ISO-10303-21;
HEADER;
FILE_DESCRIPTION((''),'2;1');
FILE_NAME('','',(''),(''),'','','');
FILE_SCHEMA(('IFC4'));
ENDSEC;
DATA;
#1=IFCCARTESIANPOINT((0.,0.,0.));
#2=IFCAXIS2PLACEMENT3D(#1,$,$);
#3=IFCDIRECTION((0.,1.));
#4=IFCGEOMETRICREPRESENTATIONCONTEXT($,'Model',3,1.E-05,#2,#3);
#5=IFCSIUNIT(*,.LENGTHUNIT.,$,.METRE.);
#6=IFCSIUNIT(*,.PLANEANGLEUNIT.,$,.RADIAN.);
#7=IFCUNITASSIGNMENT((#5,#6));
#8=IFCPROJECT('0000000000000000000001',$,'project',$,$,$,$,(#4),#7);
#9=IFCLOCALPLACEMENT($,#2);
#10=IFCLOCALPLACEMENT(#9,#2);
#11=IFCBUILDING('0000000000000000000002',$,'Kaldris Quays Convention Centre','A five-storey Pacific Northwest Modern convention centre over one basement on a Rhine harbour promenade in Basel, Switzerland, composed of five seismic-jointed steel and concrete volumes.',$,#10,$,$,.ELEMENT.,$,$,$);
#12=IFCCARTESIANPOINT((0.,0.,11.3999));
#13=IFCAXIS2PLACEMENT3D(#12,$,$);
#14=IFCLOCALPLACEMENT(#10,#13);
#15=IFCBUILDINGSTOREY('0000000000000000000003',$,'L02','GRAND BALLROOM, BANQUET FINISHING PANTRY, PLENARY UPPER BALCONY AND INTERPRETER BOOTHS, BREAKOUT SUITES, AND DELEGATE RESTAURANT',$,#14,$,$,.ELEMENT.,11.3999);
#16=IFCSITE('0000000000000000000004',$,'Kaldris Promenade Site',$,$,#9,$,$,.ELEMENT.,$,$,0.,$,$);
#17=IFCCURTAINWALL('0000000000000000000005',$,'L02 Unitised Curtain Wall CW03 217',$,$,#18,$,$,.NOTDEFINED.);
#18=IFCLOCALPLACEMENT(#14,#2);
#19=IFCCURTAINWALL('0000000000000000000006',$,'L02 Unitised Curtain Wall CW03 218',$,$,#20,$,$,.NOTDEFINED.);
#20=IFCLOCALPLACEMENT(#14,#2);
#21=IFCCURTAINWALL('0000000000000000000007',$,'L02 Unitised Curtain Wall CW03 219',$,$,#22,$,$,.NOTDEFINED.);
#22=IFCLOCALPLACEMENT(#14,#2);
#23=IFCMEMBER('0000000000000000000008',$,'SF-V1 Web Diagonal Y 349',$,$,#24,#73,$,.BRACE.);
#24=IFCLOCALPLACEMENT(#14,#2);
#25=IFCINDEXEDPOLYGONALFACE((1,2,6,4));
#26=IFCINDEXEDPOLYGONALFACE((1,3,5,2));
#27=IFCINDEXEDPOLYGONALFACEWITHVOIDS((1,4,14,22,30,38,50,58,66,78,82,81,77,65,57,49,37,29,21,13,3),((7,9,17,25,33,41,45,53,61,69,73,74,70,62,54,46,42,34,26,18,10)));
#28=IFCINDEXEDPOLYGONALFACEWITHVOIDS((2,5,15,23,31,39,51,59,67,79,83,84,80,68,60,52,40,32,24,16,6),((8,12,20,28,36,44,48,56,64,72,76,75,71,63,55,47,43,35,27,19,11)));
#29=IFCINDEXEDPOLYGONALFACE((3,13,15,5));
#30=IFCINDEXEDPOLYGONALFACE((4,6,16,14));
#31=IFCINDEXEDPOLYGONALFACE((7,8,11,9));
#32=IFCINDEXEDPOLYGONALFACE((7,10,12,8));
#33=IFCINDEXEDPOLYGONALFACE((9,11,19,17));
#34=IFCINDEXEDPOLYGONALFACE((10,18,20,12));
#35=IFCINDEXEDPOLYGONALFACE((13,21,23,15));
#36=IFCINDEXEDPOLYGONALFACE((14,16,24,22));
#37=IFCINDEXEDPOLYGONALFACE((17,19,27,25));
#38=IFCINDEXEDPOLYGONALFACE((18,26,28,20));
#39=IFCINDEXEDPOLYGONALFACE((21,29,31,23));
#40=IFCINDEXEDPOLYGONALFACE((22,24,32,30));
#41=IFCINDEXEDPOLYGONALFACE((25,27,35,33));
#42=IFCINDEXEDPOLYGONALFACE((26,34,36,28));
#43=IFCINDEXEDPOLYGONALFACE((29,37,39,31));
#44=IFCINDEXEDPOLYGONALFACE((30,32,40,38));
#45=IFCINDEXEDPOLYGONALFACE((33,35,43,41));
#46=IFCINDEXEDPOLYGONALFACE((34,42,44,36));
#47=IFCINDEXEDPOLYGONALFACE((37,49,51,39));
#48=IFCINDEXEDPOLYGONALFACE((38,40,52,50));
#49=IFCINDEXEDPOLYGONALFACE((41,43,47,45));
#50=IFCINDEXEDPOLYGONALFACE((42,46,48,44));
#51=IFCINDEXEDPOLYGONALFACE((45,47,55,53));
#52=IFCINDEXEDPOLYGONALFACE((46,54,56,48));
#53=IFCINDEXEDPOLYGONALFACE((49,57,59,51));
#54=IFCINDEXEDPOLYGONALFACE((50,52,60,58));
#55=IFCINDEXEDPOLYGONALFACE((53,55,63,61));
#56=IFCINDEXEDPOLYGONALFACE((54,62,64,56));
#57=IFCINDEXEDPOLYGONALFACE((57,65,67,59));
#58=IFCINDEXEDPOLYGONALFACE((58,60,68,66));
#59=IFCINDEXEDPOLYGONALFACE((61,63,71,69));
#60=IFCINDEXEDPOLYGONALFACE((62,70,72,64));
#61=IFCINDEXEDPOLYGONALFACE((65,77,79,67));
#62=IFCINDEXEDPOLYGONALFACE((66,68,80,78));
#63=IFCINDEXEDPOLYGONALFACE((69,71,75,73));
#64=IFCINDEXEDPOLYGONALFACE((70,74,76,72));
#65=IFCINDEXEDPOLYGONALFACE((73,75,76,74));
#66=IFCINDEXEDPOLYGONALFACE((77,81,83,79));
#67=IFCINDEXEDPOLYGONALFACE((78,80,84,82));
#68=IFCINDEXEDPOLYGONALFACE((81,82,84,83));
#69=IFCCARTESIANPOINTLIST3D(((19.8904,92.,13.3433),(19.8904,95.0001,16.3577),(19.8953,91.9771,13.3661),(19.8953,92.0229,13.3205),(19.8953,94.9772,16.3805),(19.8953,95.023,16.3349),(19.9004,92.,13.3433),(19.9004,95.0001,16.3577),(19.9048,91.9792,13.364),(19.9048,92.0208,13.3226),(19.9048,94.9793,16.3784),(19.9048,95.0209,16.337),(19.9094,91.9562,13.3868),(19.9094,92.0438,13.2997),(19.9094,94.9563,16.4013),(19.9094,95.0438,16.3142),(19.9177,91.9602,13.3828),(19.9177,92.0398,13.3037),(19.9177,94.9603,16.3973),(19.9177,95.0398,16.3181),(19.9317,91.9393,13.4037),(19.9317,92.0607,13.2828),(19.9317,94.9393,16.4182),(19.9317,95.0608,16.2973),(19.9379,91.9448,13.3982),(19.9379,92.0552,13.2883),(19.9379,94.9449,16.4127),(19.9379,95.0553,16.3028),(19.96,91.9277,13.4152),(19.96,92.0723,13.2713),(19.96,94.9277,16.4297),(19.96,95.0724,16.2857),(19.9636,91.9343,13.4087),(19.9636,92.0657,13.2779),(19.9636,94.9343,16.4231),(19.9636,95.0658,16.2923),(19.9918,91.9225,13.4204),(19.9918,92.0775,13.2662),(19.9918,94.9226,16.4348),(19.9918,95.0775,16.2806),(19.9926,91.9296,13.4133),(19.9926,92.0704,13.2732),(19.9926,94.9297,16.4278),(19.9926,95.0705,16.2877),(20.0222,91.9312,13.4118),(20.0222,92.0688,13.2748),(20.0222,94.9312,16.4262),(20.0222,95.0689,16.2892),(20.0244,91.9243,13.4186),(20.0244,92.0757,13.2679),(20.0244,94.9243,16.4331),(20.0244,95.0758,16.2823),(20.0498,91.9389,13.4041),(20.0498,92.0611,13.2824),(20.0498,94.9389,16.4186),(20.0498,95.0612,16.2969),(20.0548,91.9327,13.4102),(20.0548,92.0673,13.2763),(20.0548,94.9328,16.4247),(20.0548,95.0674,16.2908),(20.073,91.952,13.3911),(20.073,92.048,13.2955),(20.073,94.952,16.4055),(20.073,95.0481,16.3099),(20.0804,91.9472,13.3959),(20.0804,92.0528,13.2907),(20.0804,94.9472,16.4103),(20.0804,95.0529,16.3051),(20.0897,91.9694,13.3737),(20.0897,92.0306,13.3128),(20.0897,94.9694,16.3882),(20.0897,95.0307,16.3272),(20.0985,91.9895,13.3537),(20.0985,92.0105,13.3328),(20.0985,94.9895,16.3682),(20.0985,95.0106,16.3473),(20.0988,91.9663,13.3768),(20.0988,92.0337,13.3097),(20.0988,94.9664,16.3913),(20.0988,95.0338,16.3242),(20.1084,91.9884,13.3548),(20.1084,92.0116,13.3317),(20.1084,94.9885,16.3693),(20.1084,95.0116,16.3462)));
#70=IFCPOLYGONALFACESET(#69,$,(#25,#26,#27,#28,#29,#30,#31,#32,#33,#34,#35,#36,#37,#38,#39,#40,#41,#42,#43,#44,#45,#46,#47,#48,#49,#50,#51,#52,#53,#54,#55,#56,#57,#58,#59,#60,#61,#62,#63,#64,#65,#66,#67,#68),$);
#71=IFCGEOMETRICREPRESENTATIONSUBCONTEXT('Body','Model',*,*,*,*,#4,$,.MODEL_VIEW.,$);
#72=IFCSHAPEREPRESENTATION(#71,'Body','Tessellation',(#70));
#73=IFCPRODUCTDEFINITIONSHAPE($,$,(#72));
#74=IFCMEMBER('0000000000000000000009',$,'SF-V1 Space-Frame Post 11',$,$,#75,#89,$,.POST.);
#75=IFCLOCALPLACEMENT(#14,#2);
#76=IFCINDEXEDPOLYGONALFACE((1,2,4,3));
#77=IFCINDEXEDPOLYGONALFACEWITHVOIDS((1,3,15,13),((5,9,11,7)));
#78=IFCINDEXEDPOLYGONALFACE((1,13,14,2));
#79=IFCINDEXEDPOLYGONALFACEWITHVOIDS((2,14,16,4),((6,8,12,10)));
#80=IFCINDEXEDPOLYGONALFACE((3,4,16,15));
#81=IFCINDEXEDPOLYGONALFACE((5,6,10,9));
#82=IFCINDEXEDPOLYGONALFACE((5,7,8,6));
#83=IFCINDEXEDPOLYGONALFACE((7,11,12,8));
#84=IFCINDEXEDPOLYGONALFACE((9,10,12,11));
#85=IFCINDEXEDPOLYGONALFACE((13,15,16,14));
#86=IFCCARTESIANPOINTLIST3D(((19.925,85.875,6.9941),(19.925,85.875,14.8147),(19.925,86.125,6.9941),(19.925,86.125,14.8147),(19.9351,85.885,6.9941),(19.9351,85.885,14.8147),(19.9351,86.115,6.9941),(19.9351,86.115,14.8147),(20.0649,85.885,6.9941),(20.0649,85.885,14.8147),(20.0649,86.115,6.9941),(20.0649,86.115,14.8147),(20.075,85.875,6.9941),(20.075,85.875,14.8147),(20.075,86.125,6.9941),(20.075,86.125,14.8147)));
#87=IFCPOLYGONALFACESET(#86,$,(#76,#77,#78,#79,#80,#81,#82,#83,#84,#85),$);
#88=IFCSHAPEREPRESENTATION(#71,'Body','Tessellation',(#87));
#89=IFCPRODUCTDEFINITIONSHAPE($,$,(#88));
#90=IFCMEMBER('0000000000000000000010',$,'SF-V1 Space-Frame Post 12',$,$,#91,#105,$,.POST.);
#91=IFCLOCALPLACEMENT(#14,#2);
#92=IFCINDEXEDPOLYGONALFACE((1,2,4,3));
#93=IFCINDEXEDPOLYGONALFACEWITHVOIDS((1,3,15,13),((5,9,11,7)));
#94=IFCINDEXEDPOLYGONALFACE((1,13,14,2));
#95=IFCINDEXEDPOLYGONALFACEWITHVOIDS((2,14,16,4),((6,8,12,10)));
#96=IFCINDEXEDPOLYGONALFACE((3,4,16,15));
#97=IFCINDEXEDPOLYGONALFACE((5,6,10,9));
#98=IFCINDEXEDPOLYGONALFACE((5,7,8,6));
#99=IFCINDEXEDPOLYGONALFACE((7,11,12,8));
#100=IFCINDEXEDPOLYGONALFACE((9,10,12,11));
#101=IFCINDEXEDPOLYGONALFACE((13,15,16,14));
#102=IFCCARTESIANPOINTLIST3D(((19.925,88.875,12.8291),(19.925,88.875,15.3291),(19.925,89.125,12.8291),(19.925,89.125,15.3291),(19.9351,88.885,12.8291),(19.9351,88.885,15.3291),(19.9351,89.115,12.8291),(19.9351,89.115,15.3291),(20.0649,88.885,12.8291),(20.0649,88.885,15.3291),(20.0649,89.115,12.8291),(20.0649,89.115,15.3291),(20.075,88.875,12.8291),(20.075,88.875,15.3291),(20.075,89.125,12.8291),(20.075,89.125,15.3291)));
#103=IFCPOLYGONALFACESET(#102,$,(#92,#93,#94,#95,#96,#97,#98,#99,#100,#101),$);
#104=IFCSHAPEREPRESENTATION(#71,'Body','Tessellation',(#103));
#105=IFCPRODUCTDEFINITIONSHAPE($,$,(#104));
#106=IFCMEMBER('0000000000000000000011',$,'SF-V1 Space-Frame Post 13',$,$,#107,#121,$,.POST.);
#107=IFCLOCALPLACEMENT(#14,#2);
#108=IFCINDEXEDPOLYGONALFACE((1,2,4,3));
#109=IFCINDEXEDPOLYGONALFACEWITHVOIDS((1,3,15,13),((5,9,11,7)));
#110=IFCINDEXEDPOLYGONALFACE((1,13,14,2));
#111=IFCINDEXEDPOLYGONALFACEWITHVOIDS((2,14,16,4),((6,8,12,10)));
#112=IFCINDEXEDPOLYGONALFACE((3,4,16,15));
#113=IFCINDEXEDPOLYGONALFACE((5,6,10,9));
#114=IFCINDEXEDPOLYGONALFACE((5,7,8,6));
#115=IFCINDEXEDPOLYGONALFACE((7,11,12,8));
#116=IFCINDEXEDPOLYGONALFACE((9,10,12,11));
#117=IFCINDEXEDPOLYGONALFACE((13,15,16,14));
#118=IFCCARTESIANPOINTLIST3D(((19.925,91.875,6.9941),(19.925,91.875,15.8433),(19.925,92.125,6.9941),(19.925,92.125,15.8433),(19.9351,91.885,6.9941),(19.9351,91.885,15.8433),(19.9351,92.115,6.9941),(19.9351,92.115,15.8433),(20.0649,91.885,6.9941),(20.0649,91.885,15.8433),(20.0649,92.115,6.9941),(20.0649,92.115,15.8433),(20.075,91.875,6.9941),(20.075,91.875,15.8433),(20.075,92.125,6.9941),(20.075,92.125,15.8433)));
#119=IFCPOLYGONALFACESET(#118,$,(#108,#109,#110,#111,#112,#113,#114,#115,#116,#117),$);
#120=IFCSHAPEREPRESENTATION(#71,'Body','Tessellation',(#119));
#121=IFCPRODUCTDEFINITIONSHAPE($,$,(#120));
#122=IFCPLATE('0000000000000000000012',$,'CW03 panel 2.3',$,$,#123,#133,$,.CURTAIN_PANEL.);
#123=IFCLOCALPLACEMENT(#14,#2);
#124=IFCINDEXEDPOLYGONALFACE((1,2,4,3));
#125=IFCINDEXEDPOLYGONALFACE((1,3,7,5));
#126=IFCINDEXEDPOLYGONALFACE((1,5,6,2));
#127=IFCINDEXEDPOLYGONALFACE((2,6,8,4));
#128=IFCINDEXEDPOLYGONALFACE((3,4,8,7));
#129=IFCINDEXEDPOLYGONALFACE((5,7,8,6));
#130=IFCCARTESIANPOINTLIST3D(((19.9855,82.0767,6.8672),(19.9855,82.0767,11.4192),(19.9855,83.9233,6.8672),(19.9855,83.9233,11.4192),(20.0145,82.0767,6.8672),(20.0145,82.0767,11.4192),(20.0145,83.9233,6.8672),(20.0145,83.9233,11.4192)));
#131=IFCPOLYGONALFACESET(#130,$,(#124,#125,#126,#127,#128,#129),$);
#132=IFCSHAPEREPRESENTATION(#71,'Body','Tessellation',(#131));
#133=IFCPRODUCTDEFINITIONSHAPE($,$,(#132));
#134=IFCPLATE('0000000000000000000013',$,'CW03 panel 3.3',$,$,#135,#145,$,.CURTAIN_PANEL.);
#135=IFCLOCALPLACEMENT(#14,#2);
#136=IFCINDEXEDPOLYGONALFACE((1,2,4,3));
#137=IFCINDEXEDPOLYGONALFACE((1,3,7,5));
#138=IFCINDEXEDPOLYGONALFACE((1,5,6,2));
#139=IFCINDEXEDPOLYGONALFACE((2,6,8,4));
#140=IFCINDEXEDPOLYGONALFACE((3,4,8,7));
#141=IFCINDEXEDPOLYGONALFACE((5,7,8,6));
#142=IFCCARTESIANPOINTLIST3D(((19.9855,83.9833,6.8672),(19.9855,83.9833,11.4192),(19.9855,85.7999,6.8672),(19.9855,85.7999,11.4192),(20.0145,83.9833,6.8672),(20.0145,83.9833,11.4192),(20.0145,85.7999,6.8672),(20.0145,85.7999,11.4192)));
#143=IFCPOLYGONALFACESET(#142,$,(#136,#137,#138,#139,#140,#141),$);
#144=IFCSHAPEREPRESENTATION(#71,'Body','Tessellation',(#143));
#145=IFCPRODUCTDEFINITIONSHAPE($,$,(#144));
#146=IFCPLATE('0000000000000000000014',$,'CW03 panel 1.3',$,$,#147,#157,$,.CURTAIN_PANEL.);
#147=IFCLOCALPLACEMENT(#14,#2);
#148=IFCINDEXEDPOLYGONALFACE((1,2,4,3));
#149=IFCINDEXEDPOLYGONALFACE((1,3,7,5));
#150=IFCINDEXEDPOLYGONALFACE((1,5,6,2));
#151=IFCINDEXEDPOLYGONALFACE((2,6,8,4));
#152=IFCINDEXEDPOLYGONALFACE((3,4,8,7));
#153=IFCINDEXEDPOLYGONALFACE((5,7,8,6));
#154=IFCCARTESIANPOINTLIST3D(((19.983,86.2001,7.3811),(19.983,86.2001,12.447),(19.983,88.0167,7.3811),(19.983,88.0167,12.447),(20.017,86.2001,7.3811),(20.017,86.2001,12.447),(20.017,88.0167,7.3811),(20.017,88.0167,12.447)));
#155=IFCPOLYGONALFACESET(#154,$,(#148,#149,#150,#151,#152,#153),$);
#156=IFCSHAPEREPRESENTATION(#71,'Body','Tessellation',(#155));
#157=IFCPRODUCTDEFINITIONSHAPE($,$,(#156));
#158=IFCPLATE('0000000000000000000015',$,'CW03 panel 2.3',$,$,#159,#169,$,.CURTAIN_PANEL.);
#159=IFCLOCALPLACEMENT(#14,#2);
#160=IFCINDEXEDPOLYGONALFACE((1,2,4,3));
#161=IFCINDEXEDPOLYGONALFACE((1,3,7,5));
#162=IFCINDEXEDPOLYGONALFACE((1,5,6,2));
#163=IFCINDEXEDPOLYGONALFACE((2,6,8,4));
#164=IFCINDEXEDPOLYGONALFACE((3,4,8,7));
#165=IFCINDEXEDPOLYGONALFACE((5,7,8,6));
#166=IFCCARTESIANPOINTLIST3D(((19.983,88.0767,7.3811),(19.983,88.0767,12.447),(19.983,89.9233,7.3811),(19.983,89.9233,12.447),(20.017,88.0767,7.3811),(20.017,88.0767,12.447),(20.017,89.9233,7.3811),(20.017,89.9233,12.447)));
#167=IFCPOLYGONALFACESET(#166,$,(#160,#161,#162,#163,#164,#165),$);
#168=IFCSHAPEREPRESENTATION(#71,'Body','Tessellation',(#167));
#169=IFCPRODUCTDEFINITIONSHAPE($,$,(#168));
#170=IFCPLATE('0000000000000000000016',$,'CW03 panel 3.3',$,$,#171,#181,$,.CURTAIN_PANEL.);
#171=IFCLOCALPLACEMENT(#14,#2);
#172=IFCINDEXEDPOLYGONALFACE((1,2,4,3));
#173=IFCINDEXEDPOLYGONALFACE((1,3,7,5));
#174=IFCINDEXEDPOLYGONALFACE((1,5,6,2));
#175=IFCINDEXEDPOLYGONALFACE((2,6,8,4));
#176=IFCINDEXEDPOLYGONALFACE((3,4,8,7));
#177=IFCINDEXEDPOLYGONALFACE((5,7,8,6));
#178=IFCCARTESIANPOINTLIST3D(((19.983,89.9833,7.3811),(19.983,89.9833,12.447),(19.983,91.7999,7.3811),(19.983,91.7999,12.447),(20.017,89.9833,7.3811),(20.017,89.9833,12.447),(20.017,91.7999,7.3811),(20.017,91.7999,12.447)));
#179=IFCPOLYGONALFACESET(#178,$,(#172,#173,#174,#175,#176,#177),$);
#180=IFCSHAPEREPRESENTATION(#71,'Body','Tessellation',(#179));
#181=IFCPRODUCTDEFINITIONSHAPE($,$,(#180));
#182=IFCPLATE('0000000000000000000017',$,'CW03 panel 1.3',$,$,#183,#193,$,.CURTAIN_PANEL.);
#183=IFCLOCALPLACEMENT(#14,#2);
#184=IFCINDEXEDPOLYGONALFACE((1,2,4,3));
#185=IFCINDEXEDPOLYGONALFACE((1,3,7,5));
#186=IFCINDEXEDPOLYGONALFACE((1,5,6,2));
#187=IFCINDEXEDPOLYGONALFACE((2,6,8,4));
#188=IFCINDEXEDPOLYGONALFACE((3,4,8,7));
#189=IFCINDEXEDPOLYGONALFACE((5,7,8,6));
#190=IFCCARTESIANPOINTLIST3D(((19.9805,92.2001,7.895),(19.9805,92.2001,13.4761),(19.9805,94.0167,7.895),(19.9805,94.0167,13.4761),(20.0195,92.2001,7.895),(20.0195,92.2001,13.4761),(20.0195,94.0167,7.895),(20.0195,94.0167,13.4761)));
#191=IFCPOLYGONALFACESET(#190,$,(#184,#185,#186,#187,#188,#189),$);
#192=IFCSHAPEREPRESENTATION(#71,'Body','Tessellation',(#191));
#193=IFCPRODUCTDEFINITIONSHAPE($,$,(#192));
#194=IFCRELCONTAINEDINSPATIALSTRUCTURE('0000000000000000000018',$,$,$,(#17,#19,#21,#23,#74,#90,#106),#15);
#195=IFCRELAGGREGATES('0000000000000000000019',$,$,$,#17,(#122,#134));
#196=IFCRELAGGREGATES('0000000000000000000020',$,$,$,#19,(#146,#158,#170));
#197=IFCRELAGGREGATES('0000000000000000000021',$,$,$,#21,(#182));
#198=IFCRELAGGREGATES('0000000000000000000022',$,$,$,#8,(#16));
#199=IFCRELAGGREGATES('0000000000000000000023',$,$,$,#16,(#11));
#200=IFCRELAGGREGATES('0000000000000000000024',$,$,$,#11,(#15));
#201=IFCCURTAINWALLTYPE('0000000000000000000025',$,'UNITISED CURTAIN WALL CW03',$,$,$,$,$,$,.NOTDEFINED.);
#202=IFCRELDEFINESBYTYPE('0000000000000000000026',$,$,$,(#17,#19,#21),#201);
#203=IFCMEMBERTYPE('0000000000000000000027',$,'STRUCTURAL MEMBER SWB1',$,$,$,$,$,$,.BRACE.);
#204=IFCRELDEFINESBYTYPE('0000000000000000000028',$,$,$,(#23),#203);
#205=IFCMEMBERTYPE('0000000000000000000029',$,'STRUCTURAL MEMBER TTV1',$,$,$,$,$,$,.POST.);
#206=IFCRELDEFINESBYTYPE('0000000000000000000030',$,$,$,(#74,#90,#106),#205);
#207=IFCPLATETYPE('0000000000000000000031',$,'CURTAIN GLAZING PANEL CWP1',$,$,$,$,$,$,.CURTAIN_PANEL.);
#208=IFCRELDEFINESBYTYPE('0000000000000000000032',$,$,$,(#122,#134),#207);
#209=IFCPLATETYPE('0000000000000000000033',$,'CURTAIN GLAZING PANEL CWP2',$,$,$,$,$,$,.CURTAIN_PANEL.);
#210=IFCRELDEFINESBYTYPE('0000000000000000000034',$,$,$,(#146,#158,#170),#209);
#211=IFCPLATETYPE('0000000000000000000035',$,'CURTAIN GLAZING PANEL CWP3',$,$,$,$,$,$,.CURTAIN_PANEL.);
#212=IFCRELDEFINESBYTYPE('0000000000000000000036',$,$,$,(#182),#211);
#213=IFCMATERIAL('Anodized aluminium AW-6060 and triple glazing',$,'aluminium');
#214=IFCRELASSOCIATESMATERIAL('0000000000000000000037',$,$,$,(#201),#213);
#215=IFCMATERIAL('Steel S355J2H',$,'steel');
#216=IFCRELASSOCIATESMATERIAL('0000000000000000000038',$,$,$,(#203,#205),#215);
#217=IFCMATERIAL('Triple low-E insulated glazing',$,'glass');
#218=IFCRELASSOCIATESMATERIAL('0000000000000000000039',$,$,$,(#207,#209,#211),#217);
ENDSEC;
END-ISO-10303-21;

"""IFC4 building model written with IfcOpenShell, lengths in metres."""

from ifc_helpers import new_model, si_unit, direction, frame, origin, origin_2d, place, context, subcontext, project, spatial, rectangle, hollow_rectangle, hollow_circle, extrude, material, material_profile, profile_set, type_object, element, aggregate, save


model = new_model("IFC4")

# Units and contexts
model_context = context("Model", 3, precision=1e-05, world=origin(), true_north=direction((0.0, 1.0)))
body_context = subcontext(model_context, "Body", "Model", "MODEL_VIEW")
ifc_project = project(units=[si_unit("LENGTHUNIT", "METRE"), si_unit("PLANEANGLEUNIT", "RADIAN")], contexts=[model_context])

# Site, building, storey
site_placement = place(None, origin())
site = spatial("IfcSite", under=ifc_project, at=site_placement, Name="Kaldris Promenade Site", CompositionType="ELEMENT", RefElevation=0.0)
building_placement = place(site_placement, origin())
building = spatial("IfcBuilding", under=site, at=building_placement, Name="Kaldris Quays Convention Centre", Description="A five-storey Pacific Northwest Modern convention centre over one basement on a Rhine harbour promenade in Basel, Switzerland, composed of five seismic-jointed steel and concrete volumes.", CompositionType="ELEMENT")
storey_placement = place(building_placement, frame((0.0, 0.0, 11.3999)))
storey = spatial("IfcBuildingStorey", under=building, at=storey_placement, Name="L02", Description="GRAND BALLROOM, BANQUET FINISHING PANTRY, PLENARY UPPER BALCONY AND INTERPRETER BOOTHS, BREAKOUT SUITES, AND DELEGATE RESTAURANT", CompositionType="ELEMENT", Elevation=11.3999)

# Curtain wall
ifc_material_1 = material(Name="Anodized aluminium AW-6060 and triple glazing", Category="aluminium")
curtain_wall_type = type_object("IfcCurtainWallType", Name="UNITISED CURTAIN WALL CW03", PredefinedType="NOTDEFINED", material=ifc_material_1)
curtain_wall_1_placement = place(storey_placement, origin())
curtain_wall_1 = element("IfcCurtainWall", 1, at=curtain_wall_1_placement, inside=storey, type_object=curtain_wall_type, Name="L02 Unitised Curtain Wall CW03 217", PredefinedType="NOTDEFINED")

# Curtain walls
curtain_wall_2_placement = place(storey_placement, origin())
curtain_wall_2 = element("IfcCurtainWall", 2, at=curtain_wall_2_placement, inside=storey, type_object=curtain_wall_type, Name="L02 Unitised Curtain Wall CW03 218", PredefinedType="NOTDEFINED")
curtain_wall_3_placement = place(storey_placement, origin())
curtain_wall_3 = element("IfcCurtainWall", 3, at=curtain_wall_3_placement, inside=storey, type_object=curtain_wall_type, Name="L02 Unitised Curtain Wall CW03 219", PredefinedType="NOTDEFINED")

# Members
ifc_material_2 = material(Name="Steel S355J2H", Category="steel")
ifc_material_profile_1 = material_profile(ifc_material_2, hollow_circle(Radius=0.1096, WallThickness=0.01, at=origin_2d()), Name="CHS 219.1x10")
ifc_profile_set_1 = profile_set([ifc_material_profile_1], Name="Steel S355J2H")
member_type_1 = type_object("IfcMemberType", Name="STRUCTURAL MEMBER SWB1", PredefinedType="BRACE", material=ifc_profile_set_1)
member_1_placement = place(storey_placement, frame((20.0, 92.0, 13.3433), z_axis=(0.0, 0.705411, 0.708798), x_axis=(-1.0, 0.0, 0.0)))
element("IfcMember", 4, at=member_1_placement, inside=storey, type_object=member_type_1, Name="SF-V1 Web Diagonal Y 349", PredefinedType="BRACE", context=body_context, shape_type="SweptSolid", body=[
    extrude(hollow_circle(Radius=0.1096, WallThickness=0.01, at=origin_2d()), origin(), (0.0, 0.0, 1.0), 4.2529),
])
ifc_material_profile_2 = material_profile(ifc_material_2, hollow_rectangle(XDim=0.1499, YDim=0.25, WallThickness=0.01, at=origin_2d()), Name="RHS 250x150x10")
ifc_profile_set_2 = profile_set([ifc_material_profile_2], Name="Steel S355J2H")
member_type_2 = type_object("IfcMemberType", Name="STRUCTURAL MEMBER TTV1", PredefinedType="POST", material=ifc_profile_set_2)
member_2_placement = place(storey_placement, frame((20.0, 86.0, 6.9941), z_axis=(0.0, 0.0, 1.0), x_axis=(1.0, 0.0, 0.0)))
element("IfcMember", 5, at=member_2_placement, inside=storey, type_object=member_type_2, Name="SF-V1 Space-Frame Post 11", PredefinedType="POST", context=body_context, shape_type="SweptSolid", body=[
    extrude(hollow_rectangle(XDim=0.1499, YDim=0.25, WallThickness=0.01, at=origin_2d()), origin(), (0.0, 0.0, 1.0), 7.8206),
])
member_3_placement = place(storey_placement, frame((20.0, 89.0, 12.8291), z_axis=(0.0, 0.0, 1.0), x_axis=(1.0, 0.0, 0.0)))
element("IfcMember", 6, at=member_3_placement, inside=storey, type_object=member_type_2, Name="SF-V1 Space-Frame Post 12", PredefinedType="POST", context=body_context, shape_type="SweptSolid", body=[
    extrude(hollow_rectangle(XDim=0.1499, YDim=0.25, WallThickness=0.01, at=origin_2d()), origin(), (0.0, 0.0, 1.0), 2.5),
])
member_4_placement = place(storey_placement, frame((20.0, 92.0, 6.9941), z_axis=(0.0, 0.0, 1.0), x_axis=(1.0, 0.0, 0.0)))
element("IfcMember", 7, at=member_4_placement, inside=storey, type_object=member_type_2, Name="SF-V1 Space-Frame Post 13", PredefinedType="POST", context=body_context, shape_type="SweptSolid", body=[
    extrude(hollow_rectangle(XDim=0.1499, YDim=0.25, WallThickness=0.01, at=origin_2d()), origin(), (0.0, 0.0, 1.0), 8.8491),
])

# Plates
ifc_material_3 = material(Name="Triple low-E insulated glazing", Category="glass")
plate_type_1 = type_object("IfcPlateType", Name="CURTAIN GLAZING PANEL CWP1", PredefinedType="CURTAIN_PANEL", material=ifc_material_3)
plate_1_placement = place(storey_placement, frame((20.0, 83.0, 6.8672), z_axis=(0.0, 0.0, 1.0), x_axis=(0.0, 1.0, 0.0)))
plate_1 = element("IfcPlate", 8, at=plate_1_placement, type_object=plate_type_1, Name="CW03 panel 2.3", PredefinedType="CURTAIN_PANEL", context=body_context, shape_type="SweptSolid", body=[
    extrude(rectangle(XDim=1.8467, YDim=0.0291, at=origin_2d()), origin(), (0.0, 0.0, 1.0), 4.552),
])
plate_2_placement = place(storey_placement, frame((20.0, 84.8916, 6.8672), z_axis=(0.0, 0.0, 1.0), x_axis=(0.0, 1.0, 0.0)))
plate_2 = element("IfcPlate", 9, at=plate_2_placement, type_object=plate_type_1, Name="CW03 panel 3.3", PredefinedType="CURTAIN_PANEL", context=body_context, shape_type="SweptSolid", body=[
    extrude(rectangle(XDim=1.8167, YDim=0.0291, at=origin_2d()), origin(), (0.0, 0.0, 1.0), 4.552),
])
aggregate(curtain_wall_1, [plate_1, plate_2])
plate_type_2 = type_object("IfcPlateType", Name="CURTAIN GLAZING PANEL CWP2", PredefinedType="CURTAIN_PANEL", material=ifc_material_3)
plate_3_placement = place(storey_placement, frame((20.0, 87.1084, 7.3811), z_axis=(0.0, 0.0, 1.0), x_axis=(0.0, 1.0, 0.0)))
plate_3 = element("IfcPlate", 10, at=plate_3_placement, type_object=plate_type_2, Name="CW03 panel 1.3", PredefinedType="CURTAIN_PANEL", context=body_context, shape_type="SweptSolid", body=[
    extrude(rectangle(XDim=1.8167, YDim=0.0339, at=origin_2d()), origin(), (0.0, 0.0, 1.0), 5.0659),
])
plate_4_placement = place(storey_placement, frame((20.0, 89.0, 7.3811), z_axis=(0.0, 0.0, 1.0), x_axis=(0.0, 1.0, 0.0)))
plate_4 = element("IfcPlate", 11, at=plate_4_placement, type_object=plate_type_2, Name="CW03 panel 2.3", PredefinedType="CURTAIN_PANEL", context=body_context, shape_type="SweptSolid", body=[
    extrude(rectangle(XDim=1.8467, YDim=0.0339, at=origin_2d()), origin(), (0.0, 0.0, 1.0), 5.0659),
])
plate_5_placement = place(storey_placement, frame((20.0, 90.8916, 7.3811), z_axis=(0.0, 0.0, 1.0), x_axis=(0.0, 1.0, 0.0)))
plate_5 = element("IfcPlate", 12, at=plate_5_placement, type_object=plate_type_2, Name="CW03 panel 3.3", PredefinedType="CURTAIN_PANEL", context=body_context, shape_type="SweptSolid", body=[
    extrude(rectangle(XDim=1.8167, YDim=0.0339, at=origin_2d()), origin(), (0.0, 0.0, 1.0), 5.0659),
])
aggregate(curtain_wall_2, [plate_3, plate_4, plate_5])
plate_type_3 = type_object("IfcPlateType", Name="CURTAIN GLAZING PANEL CWP3", PredefinedType="CURTAIN_PANEL", material=ifc_material_3)
plate_6_placement = place(storey_placement, frame((20.0, 93.1084, 7.895), z_axis=(0.0, 0.0, 1.0), x_axis=(0.0, 1.0, 0.0)))
plate_6 = element("IfcPlate", 13, at=plate_6_placement, type_object=plate_type_3, Name="CW03 panel 1.3", PredefinedType="CURTAIN_PANEL", context=body_context, shape_type="SweptSolid", body=[
    extrude(rectangle(XDim=1.8167, YDim=0.0391, at=origin_2d()), origin(), (0.0, 0.0, 1.0), 5.5811),
])
aggregate(curtain_wall_3, [plate_6])

save(model, "model.ifc")
